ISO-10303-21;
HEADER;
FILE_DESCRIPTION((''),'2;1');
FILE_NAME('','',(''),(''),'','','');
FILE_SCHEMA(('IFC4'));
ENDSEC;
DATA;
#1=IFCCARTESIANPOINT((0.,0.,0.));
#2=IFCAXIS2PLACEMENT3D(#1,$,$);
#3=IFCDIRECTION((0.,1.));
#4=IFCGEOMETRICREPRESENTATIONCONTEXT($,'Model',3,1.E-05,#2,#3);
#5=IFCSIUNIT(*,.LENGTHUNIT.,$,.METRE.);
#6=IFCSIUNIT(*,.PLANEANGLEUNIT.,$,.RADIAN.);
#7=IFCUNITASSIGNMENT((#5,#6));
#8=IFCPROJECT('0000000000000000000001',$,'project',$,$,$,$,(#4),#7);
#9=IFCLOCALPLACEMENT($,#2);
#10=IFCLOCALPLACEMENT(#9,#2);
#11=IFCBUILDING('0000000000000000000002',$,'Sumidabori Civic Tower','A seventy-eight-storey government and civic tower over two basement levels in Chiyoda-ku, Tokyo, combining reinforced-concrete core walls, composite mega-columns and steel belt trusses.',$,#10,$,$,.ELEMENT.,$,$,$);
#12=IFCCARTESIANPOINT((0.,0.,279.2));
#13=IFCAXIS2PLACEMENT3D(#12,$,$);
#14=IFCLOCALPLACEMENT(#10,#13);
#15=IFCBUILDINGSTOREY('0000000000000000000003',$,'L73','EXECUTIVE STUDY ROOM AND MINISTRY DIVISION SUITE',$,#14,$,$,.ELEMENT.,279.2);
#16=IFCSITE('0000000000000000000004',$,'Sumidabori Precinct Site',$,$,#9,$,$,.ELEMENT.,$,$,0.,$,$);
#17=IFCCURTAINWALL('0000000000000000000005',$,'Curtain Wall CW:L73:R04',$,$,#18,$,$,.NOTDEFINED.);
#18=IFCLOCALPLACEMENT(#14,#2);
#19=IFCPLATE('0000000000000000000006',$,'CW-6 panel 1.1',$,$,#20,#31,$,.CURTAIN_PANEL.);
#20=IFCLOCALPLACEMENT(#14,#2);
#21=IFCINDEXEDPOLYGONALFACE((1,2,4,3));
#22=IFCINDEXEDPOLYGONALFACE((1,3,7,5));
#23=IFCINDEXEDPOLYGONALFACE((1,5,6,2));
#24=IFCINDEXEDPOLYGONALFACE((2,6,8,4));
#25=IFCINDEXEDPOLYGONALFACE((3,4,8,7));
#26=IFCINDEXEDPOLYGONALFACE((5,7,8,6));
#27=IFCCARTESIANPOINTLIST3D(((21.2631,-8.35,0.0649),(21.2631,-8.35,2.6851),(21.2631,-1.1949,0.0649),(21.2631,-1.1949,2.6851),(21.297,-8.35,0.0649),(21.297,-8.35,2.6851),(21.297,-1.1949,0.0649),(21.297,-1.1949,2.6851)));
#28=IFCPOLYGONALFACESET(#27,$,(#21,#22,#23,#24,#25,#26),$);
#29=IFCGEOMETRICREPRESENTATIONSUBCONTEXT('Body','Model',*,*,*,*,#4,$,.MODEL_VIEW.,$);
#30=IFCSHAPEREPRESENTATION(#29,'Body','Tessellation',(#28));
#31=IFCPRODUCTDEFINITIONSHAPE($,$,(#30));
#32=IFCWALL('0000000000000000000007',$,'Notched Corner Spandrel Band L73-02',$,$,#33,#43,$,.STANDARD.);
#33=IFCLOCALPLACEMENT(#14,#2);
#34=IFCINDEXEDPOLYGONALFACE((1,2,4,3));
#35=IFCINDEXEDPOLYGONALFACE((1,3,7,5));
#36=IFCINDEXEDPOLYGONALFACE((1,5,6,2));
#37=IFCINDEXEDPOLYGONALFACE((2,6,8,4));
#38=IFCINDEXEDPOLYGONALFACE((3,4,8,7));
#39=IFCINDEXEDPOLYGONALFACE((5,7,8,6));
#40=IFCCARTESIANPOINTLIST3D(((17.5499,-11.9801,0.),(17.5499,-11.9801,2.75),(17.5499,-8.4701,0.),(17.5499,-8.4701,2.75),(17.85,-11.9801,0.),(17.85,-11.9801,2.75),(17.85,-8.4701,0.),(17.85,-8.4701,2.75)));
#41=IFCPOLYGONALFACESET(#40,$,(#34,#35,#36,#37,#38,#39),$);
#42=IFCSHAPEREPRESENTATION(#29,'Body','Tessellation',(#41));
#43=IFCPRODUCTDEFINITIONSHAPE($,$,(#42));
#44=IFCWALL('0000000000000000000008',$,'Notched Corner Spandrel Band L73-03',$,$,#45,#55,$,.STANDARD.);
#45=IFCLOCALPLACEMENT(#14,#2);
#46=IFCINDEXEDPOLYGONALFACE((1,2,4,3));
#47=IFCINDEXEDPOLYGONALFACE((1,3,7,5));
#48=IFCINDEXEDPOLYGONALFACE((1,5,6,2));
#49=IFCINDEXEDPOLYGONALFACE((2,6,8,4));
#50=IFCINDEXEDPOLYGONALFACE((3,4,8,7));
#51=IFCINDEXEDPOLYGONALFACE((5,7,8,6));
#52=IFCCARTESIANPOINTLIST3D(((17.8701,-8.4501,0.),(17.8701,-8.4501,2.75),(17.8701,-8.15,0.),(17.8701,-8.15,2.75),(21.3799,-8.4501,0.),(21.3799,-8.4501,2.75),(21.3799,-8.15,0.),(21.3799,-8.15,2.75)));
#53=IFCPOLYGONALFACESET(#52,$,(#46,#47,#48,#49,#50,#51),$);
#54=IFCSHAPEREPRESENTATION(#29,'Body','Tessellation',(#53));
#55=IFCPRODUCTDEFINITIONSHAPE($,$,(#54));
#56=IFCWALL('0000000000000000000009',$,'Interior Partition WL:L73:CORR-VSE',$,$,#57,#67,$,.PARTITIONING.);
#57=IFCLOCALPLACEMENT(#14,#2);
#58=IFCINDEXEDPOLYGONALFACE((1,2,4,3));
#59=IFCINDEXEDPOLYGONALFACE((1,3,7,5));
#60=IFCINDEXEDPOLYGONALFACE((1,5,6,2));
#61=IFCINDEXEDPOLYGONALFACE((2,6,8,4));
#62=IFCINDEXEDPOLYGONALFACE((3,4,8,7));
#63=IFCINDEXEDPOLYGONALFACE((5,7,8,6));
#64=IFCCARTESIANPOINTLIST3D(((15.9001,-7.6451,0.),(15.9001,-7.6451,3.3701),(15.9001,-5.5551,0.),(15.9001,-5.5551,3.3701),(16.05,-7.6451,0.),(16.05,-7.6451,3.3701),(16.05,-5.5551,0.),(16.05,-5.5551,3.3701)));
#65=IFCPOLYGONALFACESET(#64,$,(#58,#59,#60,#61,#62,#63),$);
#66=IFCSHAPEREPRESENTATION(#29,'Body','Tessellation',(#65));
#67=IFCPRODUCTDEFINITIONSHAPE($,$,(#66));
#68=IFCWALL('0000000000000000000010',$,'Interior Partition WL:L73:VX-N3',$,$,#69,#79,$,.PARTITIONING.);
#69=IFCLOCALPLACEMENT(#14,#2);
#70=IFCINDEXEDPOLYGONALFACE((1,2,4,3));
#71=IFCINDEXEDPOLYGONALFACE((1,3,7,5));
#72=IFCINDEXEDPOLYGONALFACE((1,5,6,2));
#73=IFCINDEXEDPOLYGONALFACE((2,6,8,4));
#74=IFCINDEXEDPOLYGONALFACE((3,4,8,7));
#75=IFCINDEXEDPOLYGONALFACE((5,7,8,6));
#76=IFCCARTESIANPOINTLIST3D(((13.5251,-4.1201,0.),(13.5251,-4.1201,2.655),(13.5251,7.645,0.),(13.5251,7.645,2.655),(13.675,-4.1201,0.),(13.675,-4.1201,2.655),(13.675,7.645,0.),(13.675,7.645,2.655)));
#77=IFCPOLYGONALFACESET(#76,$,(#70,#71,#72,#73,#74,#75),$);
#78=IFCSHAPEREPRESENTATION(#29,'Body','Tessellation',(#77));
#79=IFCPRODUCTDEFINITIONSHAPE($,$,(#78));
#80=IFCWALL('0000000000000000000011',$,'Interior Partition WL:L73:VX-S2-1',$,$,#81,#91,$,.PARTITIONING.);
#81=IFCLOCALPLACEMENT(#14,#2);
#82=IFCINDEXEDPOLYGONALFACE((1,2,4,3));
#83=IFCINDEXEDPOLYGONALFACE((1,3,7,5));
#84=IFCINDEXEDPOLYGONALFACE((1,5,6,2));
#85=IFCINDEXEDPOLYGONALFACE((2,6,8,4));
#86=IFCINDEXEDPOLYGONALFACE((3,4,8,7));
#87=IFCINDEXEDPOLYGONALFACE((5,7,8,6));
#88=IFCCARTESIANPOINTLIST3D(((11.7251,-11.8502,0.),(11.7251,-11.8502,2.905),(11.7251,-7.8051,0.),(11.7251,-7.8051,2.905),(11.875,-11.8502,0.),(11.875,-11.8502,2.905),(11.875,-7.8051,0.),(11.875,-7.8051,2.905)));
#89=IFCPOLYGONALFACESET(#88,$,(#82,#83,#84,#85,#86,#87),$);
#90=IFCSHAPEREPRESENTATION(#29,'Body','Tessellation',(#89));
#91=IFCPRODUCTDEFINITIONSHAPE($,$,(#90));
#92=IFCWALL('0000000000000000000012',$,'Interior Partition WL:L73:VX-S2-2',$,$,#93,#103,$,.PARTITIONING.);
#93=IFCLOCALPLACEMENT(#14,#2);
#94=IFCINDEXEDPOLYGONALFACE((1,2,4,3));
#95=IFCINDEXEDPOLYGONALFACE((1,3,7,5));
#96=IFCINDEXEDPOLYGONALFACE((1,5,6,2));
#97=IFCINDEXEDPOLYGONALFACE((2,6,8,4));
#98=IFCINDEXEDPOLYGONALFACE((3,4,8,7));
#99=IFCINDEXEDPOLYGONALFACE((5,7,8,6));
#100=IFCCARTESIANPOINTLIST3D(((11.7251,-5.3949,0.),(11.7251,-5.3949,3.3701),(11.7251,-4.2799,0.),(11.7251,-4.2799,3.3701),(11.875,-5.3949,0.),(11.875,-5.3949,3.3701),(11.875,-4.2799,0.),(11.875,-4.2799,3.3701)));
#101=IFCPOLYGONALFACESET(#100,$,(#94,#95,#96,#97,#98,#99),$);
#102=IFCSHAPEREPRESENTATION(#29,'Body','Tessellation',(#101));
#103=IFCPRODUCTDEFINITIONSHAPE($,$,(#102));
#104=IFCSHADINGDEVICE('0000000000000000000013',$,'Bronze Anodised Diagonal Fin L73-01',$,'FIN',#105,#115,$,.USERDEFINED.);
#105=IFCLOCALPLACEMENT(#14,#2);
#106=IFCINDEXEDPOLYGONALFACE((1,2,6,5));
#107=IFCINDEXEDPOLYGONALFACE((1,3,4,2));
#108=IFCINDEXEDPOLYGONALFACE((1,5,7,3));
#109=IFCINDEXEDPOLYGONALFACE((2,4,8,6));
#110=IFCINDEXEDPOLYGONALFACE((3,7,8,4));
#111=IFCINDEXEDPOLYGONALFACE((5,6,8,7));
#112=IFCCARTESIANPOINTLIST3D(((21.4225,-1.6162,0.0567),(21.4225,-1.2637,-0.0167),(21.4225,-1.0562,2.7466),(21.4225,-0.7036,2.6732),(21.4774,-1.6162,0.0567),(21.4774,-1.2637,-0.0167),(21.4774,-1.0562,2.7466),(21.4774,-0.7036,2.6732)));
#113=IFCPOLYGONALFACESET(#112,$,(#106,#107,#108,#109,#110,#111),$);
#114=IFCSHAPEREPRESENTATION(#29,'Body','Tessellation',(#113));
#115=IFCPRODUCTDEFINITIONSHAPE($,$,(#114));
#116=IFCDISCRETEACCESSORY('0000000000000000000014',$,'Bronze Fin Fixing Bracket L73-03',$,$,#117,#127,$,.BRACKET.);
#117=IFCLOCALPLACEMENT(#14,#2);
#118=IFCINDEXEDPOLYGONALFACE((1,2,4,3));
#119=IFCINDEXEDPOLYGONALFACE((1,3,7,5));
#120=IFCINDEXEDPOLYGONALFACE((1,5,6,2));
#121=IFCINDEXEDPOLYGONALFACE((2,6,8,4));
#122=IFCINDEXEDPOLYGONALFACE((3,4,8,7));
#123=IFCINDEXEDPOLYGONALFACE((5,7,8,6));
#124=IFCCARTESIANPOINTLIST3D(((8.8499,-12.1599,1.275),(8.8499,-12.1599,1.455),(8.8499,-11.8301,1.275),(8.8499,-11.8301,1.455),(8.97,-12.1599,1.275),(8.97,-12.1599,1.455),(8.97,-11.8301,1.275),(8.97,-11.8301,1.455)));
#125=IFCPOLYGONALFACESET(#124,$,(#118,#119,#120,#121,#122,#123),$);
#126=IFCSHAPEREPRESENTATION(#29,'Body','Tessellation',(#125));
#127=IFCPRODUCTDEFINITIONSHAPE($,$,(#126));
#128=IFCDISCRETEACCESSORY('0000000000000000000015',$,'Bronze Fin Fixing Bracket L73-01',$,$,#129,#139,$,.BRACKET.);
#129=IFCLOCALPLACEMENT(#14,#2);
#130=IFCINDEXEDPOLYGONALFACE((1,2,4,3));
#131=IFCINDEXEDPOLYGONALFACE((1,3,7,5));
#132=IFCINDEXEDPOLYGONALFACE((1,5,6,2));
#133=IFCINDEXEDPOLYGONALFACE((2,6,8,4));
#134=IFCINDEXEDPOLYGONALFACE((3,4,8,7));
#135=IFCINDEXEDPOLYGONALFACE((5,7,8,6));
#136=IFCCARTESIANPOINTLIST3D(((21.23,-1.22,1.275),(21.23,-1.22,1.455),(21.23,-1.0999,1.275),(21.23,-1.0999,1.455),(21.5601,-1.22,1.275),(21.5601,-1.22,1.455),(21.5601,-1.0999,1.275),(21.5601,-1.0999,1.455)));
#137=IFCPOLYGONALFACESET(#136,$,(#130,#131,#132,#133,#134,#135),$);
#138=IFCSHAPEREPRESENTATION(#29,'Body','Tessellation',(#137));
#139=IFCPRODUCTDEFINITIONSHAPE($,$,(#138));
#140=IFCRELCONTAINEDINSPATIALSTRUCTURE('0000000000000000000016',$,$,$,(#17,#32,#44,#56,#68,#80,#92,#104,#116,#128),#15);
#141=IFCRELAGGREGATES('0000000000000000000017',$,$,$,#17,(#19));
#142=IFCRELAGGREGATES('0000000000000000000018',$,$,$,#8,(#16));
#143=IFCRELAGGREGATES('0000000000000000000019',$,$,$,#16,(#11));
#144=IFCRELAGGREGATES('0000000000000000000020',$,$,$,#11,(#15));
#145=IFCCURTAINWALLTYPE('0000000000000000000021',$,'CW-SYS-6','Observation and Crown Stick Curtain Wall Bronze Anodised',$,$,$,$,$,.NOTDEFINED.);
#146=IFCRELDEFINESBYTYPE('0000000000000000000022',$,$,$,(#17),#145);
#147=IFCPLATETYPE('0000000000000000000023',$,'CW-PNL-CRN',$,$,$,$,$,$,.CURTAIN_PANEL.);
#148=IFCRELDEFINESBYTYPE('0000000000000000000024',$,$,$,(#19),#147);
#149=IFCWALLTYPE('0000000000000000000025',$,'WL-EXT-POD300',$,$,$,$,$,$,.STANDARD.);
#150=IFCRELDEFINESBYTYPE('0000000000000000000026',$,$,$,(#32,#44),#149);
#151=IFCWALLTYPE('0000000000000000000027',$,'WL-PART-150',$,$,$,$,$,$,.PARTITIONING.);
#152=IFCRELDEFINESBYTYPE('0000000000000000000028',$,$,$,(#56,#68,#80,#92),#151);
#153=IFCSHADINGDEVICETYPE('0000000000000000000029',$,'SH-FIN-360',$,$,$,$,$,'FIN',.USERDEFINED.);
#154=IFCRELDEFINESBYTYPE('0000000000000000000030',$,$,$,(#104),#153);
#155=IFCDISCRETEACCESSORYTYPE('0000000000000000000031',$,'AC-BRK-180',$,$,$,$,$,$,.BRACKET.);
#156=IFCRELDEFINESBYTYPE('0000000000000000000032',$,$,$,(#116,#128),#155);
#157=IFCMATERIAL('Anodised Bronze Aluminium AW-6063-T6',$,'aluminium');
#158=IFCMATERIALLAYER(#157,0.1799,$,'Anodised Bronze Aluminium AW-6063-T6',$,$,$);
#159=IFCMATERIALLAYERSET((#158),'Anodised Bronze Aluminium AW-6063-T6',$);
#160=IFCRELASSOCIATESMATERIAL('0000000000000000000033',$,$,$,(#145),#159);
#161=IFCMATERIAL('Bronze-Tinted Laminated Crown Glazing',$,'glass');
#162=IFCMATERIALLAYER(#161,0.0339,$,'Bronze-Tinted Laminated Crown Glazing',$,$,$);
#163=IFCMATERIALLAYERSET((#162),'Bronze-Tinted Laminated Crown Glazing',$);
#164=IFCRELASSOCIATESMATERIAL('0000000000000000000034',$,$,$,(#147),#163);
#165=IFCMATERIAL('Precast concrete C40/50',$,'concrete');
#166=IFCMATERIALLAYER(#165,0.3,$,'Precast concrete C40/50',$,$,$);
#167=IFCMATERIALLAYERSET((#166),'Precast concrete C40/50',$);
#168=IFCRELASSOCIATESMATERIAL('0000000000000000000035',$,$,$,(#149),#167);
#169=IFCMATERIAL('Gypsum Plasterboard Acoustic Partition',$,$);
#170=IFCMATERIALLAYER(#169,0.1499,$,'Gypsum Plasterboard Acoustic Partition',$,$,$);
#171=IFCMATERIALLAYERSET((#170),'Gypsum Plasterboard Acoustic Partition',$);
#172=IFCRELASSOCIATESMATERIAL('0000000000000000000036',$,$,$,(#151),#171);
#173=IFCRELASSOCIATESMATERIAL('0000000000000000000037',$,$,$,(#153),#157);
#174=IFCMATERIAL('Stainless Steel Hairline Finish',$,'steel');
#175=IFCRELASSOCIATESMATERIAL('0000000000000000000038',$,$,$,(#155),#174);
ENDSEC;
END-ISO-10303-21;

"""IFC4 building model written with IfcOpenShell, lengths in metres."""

from ifc_helpers import new_model, si_unit, direction, frame, frame_2d, origin, origin_2d, place, context, subcontext, project, spatial, rectangle, extrude, source, transform, mapped, material, layer, layer_set, material_profile, profile_set, type_object, element, aggregate, save


model = new_model("IFC4")

# Units and contexts
model_context = context("Model", 3, precision=1e-05, world=origin(), true_north=direction((0.0, 1.0)))
body_context = subcontext(model_context, "Body", "Model", "MODEL_VIEW")
ifc_project = project(units=[si_unit("LENGTHUNIT", "METRE"), si_unit("PLANEANGLEUNIT", "RADIAN")], contexts=[model_context])

# Site, building, storey
site_placement = place(None, origin())
site = spatial("IfcSite", under=ifc_project, at=site_placement, Name="Sumidabori Precinct Site", CompositionType="ELEMENT", RefElevation=0.0)
building_placement = place(site_placement, origin())
building = spatial("IfcBuilding", under=site, at=building_placement, Name="Sumidabori Civic Tower", Description="A seventy-eight-storey government and civic tower over two basement levels in Chiyoda-ku, Tokyo, combining reinforced-concrete core walls, composite mega-columns and steel belt trusses.", CompositionType="ELEMENT")
storey_placement = place(building_placement, frame((0.0, 0.0, 279.2)))
storey = spatial("IfcBuildingStorey", under=building, at=storey_placement, Name="L73", Description="EXECUTIVE STUDY ROOM AND MINISTRY DIVISION SUITE", CompositionType="ELEMENT", Elevation=279.2)

# Curtain wall
ifc_material_1 = material(Name="Anodised Bronze Aluminium AW-6063-T6", Category="aluminium")
ifc_layer_1 = layer(ifc_material_1, 0.1799, Name="Anodised Bronze Aluminium AW-6063-T6")
ifc_layer_set_1 = layer_set([ifc_layer_1], Name="Anodised Bronze Aluminium AW-6063-T6")
curtain_wall_type = type_object("IfcCurtainWallType", Name="CW-SYS-6", Description="Observation and Crown Stick Curtain Wall Bronze Anodised", PredefinedType="NOTDEFINED", material=ifc_layer_set_1)
curtain_wall_1_placement = place(storey_placement, origin())
curtain_wall_1 = element("IfcCurtainWall", 1, at=curtain_wall_1_placement, inside=storey, type_object=curtain_wall_type, Name="Curtain Wall CW:L73:R04", PredefinedType="NOTDEFINED")

# Plate
ifc_material_2 = material(Name="Bronze-Tinted Laminated Crown Glazing", Category="glass")
ifc_layer_2 = layer(ifc_material_2, 0.0339, Name="Bronze-Tinted Laminated Crown Glazing")
ifc_layer_set_2 = layer_set([ifc_layer_2], Name="Bronze-Tinted Laminated Crown Glazing")
plate_type = type_object("IfcPlateType", Name="CW-PNL-CRN", PredefinedType="CURTAIN_PANEL", material=ifc_layer_set_2)
shared_shape_1 = source(origin(), body_context, "Body", "SweptSolid", [
    extrude(rectangle(XDim=7.155, YDim=0.0339, at=origin_2d()), origin(), (0.0, 0.0, 1.0), 2.6201),
])
plate_1_placement = place(storey_placement, frame((21.28, -4.7725, 0.0649), z_axis=(0.0, 0.0, 1.0), x_axis=(0.0, 1.0, 0.0)))
plate_1 = element("IfcPlate", 2, at=plate_1_placement, type_object=plate_type, Name="CW-6 panel 1.1", PredefinedType="CURTAIN_PANEL", context=body_context, shape_type="MappedRepresentation", body=[
    mapped(shared_shape_1, transform((0.0, 0.0, 0.0), x_axis=(1.0, 0.0, 0.0), y_axis=(0.0, 1.0, 0.0), z_axis=(0.0, 0.0, 1.0), scale=1.0)),
])
aggregate(curtain_wall_1, [plate_1])

# Walls
ifc_material_3 = material(Name="Precast concrete C40/50", Category="concrete")
ifc_layer_3 = layer(ifc_material_3, 0.3, Name="Precast concrete C40/50")
ifc_layer_set_3 = layer_set([ifc_layer_3], Name="Precast concrete C40/50")
wall_type_1 = type_object("IfcWallType", Name="WL-EXT-POD300", PredefinedType="STANDARD", material=ifc_layer_set_3)
shared_shape_2 = source(origin(), body_context, "Body", "SweptSolid", [
    extrude(rectangle(XDim=3.51, YDim=0.3, at=frame_2d((1.7549, 0.0))), origin(), (0.0, 0.0, 1.0), 2.75),
])
wall_1_placement = place(storey_placement, frame((17.7, -11.98, 0.0), z_axis=(0.0, 0.0, 1.0), x_axis=(0.0, 1.0, 0.0)))
element("IfcWall", 3, at=wall_1_placement, inside=storey, type_object=wall_type_1, Name="Notched Corner Spandrel Band L73-02", PredefinedType="STANDARD", context=body_context, shape_type="MappedRepresentation", body=[
    mapped(shared_shape_2, transform((0.0, 0.0, 0.0), x_axis=(1.0, 0.0, 0.0), y_axis=(0.0, 1.0, 0.0), z_axis=(0.0, 0.0, 1.0), scale=1.0)),
])
shared_shape_3 = source(origin(), body_context, "Body", "SweptSolid", [
    extrude(rectangle(XDim=3.5098, YDim=0.3, at=frame_2d((1.7549, 0.0))), origin(), (0.0, 0.0, 1.0), 2.75),
])
wall_2_placement = place(storey_placement, frame((17.8701, -8.3, 0.0), z_axis=(0.0, 0.0, 1.0), x_axis=(1.0, 0.0, 0.0)))
element("IfcWall", 4, at=wall_2_placement, inside=storey, type_object=wall_type_1, Name="Notched Corner Spandrel Band L73-03", PredefinedType="STANDARD", context=body_context, shape_type="MappedRepresentation", body=[
    mapped(shared_shape_3, transform((0.0, 0.0, 0.0), x_axis=(1.0, 0.0, 0.0), y_axis=(0.0, 1.0, 0.0), z_axis=(0.0, 0.0, 1.0), scale=1.0)),
])
ifc_material_4 = material(Name="Gypsum Plasterboard Acoustic Partition")
ifc_layer_4 = layer(ifc_material_4, 0.1499, Name="Gypsum Plasterboard Acoustic Partition")
ifc_layer_set_4 = layer_set([ifc_layer_4], Name="Gypsum Plasterboard Acoustic Partition")
wall_type_2 = type_object("IfcWallType", Name="WL-PART-150", PredefinedType="PARTITIONING", material=ifc_layer_set_4)
shared_shape_4 = source(origin(), body_context, "Body", "SweptSolid", [
    extrude(rectangle(XDim=2.0901, YDim=0.1499, at=frame_2d((1.0449, 0.0))), origin(), (0.0, 0.0, 1.0), 3.3701),
])
wall_3_placement = place(storey_placement, frame((15.9751, -7.645, 0.0), z_axis=(0.0, 0.0, 1.0), x_axis=(0.0, 1.0, 0.0)))
element("IfcWall", 5, at=wall_3_placement, inside=storey, type_object=wall_type_2, Name="Interior Partition WL:L73:CORR-VSE", PredefinedType="PARTITIONING", context=body_context, shape_type="MappedRepresentation", body=[
    mapped(shared_shape_4, transform((0.0, 0.0, 0.0), x_axis=(1.0, 0.0, 0.0), y_axis=(0.0, 1.0, 0.0), z_axis=(0.0, 0.0, 1.0), scale=1.0)),
])
shared_shape_5 = source(origin(), body_context, "Body", "SweptSolid", [
    extrude(rectangle(XDim=11.7651, YDim=0.1499, at=frame_2d((5.8826, 0.0))), origin(), (0.0, 0.0, 1.0), 2.655),
])
wall_4_placement = place(storey_placement, frame((13.6001, -4.1201, 0.0), z_axis=(0.0, 0.0, 1.0), x_axis=(0.0, 1.0, 0.0)))
element("IfcWall", 6, at=wall_4_placement, inside=storey, type_object=wall_type_2, Name="Interior Partition WL:L73:VX-N3", PredefinedType="PARTITIONING", context=body_context, shape_type="MappedRepresentation", body=[
    mapped(shared_shape_5, transform((0.0, 0.0, 0.0), x_axis=(1.0, 0.0, 0.0), y_axis=(0.0, 1.0, 0.0), z_axis=(0.0, 0.0, 1.0), scale=1.0)),
])
shared_shape_6 = source(origin(), body_context, "Body", "SweptSolid", [
    extrude(rectangle(XDim=4.0452, YDim=0.1499, at=frame_2d((2.0225, 0.0))), origin(), (0.0, 0.0, 1.0), 2.905),
])
wall_5_placement = place(storey_placement, frame((11.8, -11.8501, 0.0), z_axis=(0.0, 0.0, 1.0), x_axis=(0.0, 1.0, 0.0)))
element("IfcWall", 7, at=wall_5_placement, inside=storey, type_object=wall_type_2, Name="Interior Partition WL:L73:VX-S2-1", PredefinedType="PARTITIONING", context=body_context, shape_type="MappedRepresentation", body=[
    mapped(shared_shape_6, transform((0.0, 0.0, 0.0), x_axis=(1.0, 0.0, 0.0), y_axis=(0.0, 1.0, 0.0), z_axis=(0.0, 0.0, 1.0), scale=1.0)),
])
shared_shape_7 = source(origin(), body_context, "Body", "SweptSolid", [
    extrude(rectangle(XDim=1.115, YDim=0.1499, at=frame_2d((0.5576, 0.0))), origin(), (0.0, 0.0, 1.0), 3.3701),
])
wall_6_placement = place(storey_placement, frame((11.8, -5.395, 0.0), z_axis=(0.0, 0.0, 1.0), x_axis=(0.0, 1.0, 0.0)))
element("IfcWall", 8, at=wall_6_placement, inside=storey, type_object=wall_type_2, Name="Interior Partition WL:L73:VX-S2-2", PredefinedType="PARTITIONING", context=body_context, shape_type="MappedRepresentation", body=[
    mapped(shared_shape_7, transform((0.0, 0.0, 0.0), x_axis=(1.0, 0.0, 0.0), y_axis=(0.0, 1.0, 0.0), z_axis=(0.0, 0.0, 1.0), scale=1.0)),
])

# Shading device
ifc_material_profile_1 = material_profile(ifc_material_1, rectangle(XDim=0.0549, YDim=0.3601, at=origin_2d()), Name="BRONZE FIN 360x55")
ifc_profile_set_1 = profile_set([ifc_material_profile_1], Name="Anodised Bronze Aluminium AW-6063-T6")
shading_device_type = type_object("IfcShadingDeviceType", Name="SH-FIN-360", ElementType="FIN", PredefinedType="USERDEFINED", material=ifc_profile_set_1)
shared_shape_8 = source(origin(), body_context, "Body", "SweptSolid", [
    extrude(rectangle(XDim=0.0549, YDim=0.3601, at=origin_2d()), origin(), (0.0, 0.0, 1.0), 2.7476),
])
shading_device_placement = place(storey_placement, frame((21.45, -1.4399, 0.02), z_axis=(0.0, 0.203834, 0.979006), x_axis=(-1.0, 0.0, 0.0)))
element("IfcShadingDevice", 9, at=shading_device_placement, inside=storey, type_object=shading_device_type, Name="Bronze Anodised Diagonal Fin L73-01", ObjectType="FIN", PredefinedType="USERDEFINED", context=body_context, shape_type="MappedRepresentation", body=[
    mapped(shared_shape_8, transform((0.0, 0.0, 0.0), x_axis=(1.0, 0.0, 0.0), y_axis=(0.0, 1.0, 0.0), z_axis=(0.0, 0.0, 1.0), scale=1.0)),
])

# Discrete accessories
ifc_material_5 = material(Name="Stainless Steel Hairline Finish", Category="steel")
ifc_material_profile_2 = material_profile(ifc_material_5, rectangle(XDim=0.1201, YDim=0.1799, at=origin_2d()), Name="STEEL BRACKET 180x120")
ifc_profile_set_2 = profile_set([ifc_material_profile_2], Name="Stainless Steel Hairline Finish")
discrete_accessory_type = type_object("IfcDiscreteAccessoryType", Name="AC-BRK-180", PredefinedType="BRACKET", material=ifc_profile_set_2)
shared_shape_9 = source(origin(), body_context, "Body", "SweptSolid", [
    extrude(rectangle(XDim=0.1201, YDim=0.1799, at=origin_2d()), origin(), (0.0, 0.0, 1.0), 0.3298),
])
discrete_accessory_1_placement = place(storey_placement, frame((8.9099, -11.8301, 1.365), z_axis=(0.0, -1.0, 0.0), x_axis=(1.0, 0.0, 0.0)))
element("IfcDiscreteAccessory", 10, at=discrete_accessory_1_placement, inside=storey, type_object=discrete_accessory_type, Name="Bronze Fin Fixing Bracket L73-03", PredefinedType="BRACKET", context=body_context, shape_type="MappedRepresentation", body=[
    mapped(shared_shape_9, transform((0.0, 0.0, 0.0), x_axis=(1.0, 0.0, 0.0), y_axis=(0.0, 1.0, 0.0), z_axis=(0.0, 0.0, 1.0), scale=1.0)),
])
shared_shape_10 = source(origin(), body_context, "Body", "SweptSolid", [
    extrude(rectangle(XDim=0.1201, YDim=0.1799, at=origin_2d()), origin(), (0.0, 0.0, 1.0), 0.3301),
])
discrete_accessory_2_placement = place(storey_placement, frame((21.23, -1.1599, 1.365), z_axis=(1.0, 0.0, 0.0), x_axis=(0.0, 1.0, 0.0)))
element("IfcDiscreteAccessory", 11, at=discrete_accessory_2_placement, inside=storey, type_object=discrete_accessory_type, Name="Bronze Fin Fixing Bracket L73-01", PredefinedType="BRACKET", context=body_context, shape_type="MappedRepresentation", body=[
    mapped(shared_shape_10, transform((0.0, 0.0, 0.0), x_axis=(1.0, 0.0, 0.0), y_axis=(0.0, 1.0, 0.0), z_axis=(0.0, 0.0, 1.0), scale=1.0)),
])

save(model, "model.ifc")
